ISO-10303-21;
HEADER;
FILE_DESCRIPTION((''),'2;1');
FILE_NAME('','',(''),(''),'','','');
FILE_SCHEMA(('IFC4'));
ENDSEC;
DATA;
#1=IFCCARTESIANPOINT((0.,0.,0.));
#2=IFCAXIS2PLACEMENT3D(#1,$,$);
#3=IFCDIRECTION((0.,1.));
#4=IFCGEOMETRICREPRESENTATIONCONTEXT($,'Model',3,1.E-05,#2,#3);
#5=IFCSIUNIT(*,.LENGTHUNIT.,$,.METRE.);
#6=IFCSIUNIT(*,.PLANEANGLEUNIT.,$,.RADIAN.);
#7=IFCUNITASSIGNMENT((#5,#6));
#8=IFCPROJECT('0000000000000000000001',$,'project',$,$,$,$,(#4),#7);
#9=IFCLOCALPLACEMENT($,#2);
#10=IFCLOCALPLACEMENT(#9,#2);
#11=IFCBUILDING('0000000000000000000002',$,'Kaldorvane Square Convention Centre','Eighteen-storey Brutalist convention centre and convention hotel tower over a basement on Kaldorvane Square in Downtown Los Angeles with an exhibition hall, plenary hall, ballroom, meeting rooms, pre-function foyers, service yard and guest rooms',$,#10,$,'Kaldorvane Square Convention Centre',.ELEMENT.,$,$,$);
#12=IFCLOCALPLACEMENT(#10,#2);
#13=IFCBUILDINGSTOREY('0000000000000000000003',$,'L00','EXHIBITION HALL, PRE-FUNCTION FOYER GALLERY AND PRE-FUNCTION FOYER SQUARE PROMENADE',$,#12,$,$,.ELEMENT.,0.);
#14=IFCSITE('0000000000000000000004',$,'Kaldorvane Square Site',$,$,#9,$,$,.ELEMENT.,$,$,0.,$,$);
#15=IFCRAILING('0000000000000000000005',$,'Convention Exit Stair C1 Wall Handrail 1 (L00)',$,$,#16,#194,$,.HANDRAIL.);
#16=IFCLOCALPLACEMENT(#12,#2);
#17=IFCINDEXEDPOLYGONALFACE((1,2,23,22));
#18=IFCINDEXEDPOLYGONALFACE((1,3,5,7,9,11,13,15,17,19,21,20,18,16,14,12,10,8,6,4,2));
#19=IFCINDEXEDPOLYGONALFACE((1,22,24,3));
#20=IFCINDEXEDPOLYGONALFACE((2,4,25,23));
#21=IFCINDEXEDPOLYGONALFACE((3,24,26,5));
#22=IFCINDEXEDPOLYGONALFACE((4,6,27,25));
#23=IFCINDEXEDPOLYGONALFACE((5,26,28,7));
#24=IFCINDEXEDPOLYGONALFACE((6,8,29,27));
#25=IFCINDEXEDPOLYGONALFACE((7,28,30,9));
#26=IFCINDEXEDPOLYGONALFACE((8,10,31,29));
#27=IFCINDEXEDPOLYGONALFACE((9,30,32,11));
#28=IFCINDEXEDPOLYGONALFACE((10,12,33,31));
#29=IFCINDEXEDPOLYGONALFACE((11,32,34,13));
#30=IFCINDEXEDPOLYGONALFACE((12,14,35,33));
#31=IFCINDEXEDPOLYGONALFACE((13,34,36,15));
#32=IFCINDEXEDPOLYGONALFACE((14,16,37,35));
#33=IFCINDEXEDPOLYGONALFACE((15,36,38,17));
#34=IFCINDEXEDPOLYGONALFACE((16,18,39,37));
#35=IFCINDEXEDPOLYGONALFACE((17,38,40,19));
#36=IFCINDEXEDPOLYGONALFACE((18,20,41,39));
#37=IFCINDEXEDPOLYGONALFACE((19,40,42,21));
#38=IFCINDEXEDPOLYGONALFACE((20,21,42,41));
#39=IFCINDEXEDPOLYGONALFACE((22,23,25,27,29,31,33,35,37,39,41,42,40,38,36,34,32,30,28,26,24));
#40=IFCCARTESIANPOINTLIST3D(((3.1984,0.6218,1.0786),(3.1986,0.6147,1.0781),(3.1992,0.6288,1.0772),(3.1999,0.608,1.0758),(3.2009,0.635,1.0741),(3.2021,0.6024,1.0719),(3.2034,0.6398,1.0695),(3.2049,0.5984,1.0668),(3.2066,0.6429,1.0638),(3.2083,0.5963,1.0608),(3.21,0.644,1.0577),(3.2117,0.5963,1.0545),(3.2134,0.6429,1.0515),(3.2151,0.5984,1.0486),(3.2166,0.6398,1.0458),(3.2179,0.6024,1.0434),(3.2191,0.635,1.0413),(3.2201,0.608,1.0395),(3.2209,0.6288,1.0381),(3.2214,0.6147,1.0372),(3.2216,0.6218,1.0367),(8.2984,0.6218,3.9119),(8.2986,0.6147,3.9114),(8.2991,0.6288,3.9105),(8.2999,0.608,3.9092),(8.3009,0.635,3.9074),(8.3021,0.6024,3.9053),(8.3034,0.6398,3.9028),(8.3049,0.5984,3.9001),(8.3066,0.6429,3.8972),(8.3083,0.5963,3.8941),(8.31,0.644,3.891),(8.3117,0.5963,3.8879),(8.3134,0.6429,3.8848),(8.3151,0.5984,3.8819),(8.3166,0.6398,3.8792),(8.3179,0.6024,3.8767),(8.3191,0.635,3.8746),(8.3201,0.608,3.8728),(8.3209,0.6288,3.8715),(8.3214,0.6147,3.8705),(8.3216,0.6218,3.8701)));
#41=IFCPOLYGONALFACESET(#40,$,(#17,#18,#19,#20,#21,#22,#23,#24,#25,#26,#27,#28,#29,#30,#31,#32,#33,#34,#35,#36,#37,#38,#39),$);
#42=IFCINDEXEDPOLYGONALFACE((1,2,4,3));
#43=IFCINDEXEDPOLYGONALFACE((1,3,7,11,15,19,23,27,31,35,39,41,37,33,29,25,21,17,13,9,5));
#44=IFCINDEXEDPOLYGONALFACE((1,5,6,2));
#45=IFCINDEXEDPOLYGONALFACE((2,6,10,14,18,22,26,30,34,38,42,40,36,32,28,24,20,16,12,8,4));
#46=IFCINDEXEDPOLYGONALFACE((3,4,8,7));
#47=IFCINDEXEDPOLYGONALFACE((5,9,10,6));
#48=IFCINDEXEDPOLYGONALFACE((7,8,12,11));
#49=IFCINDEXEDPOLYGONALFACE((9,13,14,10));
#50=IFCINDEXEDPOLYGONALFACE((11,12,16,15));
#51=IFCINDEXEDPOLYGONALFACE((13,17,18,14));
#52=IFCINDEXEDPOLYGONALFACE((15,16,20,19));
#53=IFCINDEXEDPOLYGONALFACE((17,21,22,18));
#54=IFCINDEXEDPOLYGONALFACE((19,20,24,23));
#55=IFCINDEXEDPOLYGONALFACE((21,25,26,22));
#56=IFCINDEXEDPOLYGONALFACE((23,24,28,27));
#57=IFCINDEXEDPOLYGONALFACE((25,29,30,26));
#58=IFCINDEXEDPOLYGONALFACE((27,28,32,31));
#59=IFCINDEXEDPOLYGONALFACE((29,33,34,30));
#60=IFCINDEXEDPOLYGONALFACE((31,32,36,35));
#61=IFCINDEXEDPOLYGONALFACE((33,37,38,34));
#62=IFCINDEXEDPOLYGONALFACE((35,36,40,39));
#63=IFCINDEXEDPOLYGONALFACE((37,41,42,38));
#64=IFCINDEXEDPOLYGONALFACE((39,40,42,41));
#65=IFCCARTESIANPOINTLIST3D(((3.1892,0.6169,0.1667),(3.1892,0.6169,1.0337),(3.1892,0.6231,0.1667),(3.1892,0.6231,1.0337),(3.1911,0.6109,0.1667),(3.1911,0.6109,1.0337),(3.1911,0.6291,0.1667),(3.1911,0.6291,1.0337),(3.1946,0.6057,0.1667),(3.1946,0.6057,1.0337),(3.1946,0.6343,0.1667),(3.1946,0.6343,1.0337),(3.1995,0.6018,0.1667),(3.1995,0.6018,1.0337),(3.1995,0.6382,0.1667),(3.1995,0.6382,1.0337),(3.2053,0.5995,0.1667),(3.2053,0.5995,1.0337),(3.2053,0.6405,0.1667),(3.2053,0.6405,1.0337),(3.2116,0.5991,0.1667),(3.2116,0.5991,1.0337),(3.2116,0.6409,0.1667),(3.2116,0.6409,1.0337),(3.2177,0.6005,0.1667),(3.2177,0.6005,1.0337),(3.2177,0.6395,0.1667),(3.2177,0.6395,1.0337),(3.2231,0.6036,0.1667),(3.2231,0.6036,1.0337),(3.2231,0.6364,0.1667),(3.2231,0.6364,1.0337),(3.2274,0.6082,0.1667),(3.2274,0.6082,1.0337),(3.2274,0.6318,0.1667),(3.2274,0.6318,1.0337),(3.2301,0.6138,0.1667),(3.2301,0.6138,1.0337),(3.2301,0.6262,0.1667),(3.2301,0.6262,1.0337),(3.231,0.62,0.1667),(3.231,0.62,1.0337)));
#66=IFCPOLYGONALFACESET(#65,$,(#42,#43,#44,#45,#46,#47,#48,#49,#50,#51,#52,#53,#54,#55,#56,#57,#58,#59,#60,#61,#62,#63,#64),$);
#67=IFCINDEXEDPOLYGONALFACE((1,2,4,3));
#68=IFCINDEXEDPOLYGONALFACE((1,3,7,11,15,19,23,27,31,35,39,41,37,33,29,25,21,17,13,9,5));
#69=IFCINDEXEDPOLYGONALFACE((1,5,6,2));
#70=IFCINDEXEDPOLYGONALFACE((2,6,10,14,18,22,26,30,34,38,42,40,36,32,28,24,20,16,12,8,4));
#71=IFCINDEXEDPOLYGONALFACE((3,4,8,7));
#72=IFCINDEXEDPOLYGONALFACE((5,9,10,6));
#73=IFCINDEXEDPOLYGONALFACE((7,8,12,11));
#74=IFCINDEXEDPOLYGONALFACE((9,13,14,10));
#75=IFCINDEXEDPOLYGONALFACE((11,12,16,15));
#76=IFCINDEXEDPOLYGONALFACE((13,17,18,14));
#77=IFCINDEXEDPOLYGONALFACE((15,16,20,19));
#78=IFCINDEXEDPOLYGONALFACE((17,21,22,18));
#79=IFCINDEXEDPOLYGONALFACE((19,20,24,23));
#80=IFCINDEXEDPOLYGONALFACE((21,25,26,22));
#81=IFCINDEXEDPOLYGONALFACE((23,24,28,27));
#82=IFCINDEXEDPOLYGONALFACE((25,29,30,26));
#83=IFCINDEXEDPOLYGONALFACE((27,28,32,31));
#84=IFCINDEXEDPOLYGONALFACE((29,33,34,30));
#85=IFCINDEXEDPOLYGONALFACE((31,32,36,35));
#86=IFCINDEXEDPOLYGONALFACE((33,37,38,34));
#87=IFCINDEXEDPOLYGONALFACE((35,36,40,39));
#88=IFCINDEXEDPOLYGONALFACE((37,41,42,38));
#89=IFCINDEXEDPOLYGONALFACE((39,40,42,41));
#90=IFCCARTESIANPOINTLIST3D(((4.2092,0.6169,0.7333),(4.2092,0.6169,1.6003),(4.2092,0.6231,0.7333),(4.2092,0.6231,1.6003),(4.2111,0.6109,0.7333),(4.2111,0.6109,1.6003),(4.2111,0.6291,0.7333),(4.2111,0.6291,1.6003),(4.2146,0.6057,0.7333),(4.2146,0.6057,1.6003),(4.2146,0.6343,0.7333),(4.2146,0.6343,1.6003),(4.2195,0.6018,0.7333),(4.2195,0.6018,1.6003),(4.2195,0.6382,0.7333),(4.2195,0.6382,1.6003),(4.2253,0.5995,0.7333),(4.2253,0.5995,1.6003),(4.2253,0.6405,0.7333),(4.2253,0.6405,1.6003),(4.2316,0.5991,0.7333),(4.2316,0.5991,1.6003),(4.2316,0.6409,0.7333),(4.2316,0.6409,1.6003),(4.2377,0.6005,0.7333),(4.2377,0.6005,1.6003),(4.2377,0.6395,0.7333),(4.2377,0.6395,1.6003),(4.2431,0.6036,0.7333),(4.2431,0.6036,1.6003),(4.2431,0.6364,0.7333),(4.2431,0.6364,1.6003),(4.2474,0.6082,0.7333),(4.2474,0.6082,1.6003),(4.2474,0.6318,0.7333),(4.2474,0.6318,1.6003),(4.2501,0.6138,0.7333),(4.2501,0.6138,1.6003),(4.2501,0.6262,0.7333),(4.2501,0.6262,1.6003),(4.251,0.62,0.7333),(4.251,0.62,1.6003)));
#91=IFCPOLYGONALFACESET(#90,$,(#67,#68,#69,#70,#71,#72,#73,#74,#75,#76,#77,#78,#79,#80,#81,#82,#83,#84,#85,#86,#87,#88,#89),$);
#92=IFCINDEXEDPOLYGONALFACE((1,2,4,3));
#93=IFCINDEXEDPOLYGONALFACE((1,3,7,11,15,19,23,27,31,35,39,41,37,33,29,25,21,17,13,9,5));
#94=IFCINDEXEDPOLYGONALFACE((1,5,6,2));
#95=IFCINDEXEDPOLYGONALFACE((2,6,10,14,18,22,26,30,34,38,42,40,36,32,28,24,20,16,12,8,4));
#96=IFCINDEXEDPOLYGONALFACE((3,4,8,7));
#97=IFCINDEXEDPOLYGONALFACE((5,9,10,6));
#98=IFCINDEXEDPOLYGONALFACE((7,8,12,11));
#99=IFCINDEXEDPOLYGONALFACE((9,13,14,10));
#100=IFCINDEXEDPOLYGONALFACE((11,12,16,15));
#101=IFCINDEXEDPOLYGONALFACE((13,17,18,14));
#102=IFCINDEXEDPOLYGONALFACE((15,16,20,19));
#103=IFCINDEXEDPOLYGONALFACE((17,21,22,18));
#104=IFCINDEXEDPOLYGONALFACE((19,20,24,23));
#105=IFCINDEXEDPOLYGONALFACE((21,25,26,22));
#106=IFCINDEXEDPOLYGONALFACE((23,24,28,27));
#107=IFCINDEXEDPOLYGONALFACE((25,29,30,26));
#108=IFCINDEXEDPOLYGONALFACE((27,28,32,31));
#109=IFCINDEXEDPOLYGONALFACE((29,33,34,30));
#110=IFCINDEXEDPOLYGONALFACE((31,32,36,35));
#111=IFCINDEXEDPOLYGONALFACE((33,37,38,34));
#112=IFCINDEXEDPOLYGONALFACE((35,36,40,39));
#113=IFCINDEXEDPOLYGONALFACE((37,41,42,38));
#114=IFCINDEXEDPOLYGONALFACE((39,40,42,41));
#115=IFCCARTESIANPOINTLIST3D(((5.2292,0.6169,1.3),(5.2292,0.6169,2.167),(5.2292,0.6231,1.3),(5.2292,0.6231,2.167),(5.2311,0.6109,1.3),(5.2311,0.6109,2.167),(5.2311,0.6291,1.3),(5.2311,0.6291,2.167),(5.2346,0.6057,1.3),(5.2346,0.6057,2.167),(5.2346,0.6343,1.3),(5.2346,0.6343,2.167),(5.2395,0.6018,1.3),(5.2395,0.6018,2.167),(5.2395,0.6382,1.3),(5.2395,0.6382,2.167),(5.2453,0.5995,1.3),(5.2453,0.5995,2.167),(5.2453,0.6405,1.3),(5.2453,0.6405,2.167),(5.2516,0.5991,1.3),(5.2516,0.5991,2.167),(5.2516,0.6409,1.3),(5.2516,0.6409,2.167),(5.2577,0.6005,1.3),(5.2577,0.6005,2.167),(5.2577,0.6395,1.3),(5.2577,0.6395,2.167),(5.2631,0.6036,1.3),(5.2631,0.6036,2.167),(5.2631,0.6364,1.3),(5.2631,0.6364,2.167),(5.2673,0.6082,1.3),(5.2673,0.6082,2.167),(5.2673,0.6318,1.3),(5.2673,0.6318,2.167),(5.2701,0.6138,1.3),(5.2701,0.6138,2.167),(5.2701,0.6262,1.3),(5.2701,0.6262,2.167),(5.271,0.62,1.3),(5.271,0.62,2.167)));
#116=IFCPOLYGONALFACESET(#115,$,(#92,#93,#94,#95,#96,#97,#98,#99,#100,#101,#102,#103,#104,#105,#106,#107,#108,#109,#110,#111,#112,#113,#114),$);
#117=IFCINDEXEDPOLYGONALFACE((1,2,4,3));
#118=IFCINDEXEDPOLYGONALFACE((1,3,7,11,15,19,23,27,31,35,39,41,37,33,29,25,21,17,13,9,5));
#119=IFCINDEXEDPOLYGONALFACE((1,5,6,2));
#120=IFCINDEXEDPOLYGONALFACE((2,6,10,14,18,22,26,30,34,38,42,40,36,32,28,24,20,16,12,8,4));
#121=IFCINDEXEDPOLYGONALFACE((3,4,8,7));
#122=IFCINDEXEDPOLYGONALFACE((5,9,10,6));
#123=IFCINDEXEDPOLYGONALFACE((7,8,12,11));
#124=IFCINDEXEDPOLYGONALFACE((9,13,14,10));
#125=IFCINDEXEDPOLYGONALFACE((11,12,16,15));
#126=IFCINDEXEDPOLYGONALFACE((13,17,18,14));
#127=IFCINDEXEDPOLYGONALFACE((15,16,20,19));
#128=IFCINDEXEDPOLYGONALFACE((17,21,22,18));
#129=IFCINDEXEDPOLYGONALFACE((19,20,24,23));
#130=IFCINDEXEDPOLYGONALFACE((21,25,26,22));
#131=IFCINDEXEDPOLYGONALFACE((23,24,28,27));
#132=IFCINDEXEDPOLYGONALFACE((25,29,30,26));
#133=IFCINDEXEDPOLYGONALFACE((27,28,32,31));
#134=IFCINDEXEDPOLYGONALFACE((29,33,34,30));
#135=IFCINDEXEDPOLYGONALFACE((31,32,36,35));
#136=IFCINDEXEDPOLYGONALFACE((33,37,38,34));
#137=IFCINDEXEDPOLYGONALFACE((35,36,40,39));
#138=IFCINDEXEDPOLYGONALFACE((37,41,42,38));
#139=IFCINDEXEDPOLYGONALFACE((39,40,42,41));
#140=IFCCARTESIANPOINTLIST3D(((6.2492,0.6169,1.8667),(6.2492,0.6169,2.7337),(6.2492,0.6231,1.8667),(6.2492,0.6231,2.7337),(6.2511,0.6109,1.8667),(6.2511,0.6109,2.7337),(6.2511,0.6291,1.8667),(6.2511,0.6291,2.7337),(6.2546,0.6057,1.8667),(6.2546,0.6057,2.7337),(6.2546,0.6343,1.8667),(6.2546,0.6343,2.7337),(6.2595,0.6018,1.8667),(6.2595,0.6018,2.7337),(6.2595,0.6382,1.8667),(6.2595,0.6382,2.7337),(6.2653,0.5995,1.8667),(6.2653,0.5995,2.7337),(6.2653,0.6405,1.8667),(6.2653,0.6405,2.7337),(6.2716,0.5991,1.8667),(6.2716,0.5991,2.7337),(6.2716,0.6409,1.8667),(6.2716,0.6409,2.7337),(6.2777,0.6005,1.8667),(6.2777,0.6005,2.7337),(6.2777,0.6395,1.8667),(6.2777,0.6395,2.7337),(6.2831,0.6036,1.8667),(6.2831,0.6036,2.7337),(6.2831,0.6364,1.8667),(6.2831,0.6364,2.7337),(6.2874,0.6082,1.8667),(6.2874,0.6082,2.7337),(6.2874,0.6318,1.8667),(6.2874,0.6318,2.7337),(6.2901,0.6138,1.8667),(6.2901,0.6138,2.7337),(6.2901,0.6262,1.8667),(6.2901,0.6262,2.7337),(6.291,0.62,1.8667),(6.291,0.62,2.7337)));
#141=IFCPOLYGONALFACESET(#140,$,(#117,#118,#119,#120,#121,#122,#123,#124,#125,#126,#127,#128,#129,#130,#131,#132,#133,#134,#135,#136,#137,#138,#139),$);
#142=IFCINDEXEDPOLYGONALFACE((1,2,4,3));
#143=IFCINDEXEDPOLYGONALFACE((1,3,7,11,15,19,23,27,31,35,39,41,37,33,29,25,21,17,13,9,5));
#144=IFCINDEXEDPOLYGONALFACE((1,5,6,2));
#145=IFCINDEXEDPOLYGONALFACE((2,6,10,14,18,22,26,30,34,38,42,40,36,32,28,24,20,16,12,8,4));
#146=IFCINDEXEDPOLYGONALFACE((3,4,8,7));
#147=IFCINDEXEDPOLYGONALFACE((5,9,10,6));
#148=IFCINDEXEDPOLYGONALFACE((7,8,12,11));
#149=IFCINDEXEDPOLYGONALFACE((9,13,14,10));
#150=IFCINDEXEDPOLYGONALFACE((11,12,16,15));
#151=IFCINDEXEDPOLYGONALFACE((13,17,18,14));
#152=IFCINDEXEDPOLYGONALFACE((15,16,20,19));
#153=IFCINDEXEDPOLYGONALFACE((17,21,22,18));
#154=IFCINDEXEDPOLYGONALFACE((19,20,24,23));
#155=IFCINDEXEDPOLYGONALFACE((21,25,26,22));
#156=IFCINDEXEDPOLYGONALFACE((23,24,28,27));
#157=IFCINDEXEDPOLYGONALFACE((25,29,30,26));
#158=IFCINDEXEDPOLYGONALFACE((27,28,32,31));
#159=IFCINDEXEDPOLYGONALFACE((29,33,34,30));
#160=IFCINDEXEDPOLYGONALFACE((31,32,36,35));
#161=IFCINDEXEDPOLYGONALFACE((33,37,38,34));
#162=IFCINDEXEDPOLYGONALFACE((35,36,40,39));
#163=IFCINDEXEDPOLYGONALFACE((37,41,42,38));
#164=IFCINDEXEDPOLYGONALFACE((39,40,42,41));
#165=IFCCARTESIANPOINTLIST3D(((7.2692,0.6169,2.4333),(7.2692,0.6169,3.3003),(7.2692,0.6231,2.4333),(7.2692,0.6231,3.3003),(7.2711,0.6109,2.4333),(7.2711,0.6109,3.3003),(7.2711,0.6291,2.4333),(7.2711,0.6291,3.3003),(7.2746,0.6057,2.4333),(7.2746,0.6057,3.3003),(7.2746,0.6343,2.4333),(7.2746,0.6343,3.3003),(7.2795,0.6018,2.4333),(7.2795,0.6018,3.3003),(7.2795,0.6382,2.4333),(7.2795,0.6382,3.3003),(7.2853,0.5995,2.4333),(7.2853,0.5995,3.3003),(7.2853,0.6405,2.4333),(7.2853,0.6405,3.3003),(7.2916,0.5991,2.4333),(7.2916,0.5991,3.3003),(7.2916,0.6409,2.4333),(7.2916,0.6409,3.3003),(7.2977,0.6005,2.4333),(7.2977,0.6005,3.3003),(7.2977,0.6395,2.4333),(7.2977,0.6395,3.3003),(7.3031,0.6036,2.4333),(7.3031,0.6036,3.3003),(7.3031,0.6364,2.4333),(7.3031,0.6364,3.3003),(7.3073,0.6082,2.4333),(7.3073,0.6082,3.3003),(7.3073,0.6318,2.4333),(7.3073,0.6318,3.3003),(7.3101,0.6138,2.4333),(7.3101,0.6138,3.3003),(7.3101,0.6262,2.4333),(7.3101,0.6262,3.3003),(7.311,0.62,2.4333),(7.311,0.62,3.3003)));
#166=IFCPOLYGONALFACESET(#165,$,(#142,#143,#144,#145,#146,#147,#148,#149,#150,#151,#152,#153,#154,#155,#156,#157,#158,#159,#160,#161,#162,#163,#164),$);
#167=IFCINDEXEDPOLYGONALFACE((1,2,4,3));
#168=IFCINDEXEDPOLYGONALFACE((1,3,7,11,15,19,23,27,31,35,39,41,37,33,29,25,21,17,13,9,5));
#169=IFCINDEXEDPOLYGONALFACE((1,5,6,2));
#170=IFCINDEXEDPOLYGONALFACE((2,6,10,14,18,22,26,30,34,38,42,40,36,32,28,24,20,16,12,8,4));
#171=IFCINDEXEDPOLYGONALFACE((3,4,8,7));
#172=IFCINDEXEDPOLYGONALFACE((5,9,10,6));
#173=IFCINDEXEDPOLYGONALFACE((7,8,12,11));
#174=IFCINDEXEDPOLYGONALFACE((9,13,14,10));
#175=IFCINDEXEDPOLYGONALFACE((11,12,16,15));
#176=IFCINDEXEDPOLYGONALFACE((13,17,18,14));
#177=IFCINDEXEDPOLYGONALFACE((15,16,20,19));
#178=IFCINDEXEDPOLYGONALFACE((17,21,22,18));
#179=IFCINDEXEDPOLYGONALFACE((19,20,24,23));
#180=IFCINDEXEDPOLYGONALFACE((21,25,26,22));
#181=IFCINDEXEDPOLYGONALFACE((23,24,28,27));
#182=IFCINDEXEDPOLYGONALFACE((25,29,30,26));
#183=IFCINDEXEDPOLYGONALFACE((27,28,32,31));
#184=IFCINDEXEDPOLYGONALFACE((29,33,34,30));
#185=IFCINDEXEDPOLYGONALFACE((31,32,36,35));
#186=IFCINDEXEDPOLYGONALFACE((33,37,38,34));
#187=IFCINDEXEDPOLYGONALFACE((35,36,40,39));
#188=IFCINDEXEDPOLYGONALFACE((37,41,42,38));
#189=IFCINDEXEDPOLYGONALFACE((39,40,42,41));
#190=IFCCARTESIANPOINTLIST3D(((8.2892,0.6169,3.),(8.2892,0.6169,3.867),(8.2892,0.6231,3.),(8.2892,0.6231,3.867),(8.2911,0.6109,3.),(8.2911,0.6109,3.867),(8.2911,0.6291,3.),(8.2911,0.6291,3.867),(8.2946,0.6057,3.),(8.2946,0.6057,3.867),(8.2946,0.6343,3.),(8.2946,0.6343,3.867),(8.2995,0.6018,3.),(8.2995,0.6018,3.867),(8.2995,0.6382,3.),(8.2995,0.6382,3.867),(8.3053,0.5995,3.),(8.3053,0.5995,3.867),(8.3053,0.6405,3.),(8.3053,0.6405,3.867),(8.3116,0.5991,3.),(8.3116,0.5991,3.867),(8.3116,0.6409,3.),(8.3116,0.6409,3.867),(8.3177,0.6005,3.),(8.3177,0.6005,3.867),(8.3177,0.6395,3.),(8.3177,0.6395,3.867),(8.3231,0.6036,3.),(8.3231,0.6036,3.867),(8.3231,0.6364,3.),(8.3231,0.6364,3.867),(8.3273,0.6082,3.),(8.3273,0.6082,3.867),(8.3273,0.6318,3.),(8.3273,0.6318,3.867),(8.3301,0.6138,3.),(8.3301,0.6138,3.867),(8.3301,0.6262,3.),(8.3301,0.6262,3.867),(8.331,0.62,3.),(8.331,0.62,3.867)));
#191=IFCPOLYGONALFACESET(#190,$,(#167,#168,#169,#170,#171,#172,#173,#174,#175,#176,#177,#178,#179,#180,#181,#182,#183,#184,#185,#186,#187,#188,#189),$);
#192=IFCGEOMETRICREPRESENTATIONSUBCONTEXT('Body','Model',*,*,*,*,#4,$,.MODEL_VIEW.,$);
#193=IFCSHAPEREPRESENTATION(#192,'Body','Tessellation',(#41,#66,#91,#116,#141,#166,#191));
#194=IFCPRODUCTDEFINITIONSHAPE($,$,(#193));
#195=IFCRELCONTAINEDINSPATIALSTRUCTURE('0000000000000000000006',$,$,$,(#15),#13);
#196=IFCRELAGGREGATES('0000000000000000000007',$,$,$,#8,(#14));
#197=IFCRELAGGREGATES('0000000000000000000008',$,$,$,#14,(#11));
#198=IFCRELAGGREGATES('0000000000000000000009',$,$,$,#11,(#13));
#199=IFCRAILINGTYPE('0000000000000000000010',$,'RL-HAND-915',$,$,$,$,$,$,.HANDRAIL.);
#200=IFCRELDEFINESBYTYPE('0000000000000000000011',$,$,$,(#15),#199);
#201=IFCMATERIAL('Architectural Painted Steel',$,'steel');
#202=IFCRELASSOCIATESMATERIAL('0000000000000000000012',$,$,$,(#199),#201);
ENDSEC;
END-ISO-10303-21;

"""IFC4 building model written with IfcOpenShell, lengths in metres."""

from ifc_helpers import new_model, si_unit, direction, frame, origin, origin_2d, place, context, subcontext, project, spatial, circle, extrude, material, type_object, element, save


model = new_model("IFC4")

# Units and contexts
model_context = context("Model", 3, precision=1e-05, world=origin(), true_north=direction((0.0, 1.0)))
body_context = subcontext(model_context, "Body", "Model", "MODEL_VIEW")
ifc_project = project(units=[si_unit("LENGTHUNIT", "METRE"), si_unit("PLANEANGLEUNIT", "RADIAN")], contexts=[model_context])

# Site, building, storey
site_placement = place(None, origin())
site = spatial("IfcSite", under=ifc_project, at=site_placement, Name="Kaldorvane Square Site", CompositionType="ELEMENT", RefElevation=0.0)
building_placement = place(site_placement, origin())
building = spatial("IfcBuilding", under=site, at=building_placement, Name="Kaldorvane Square Convention Centre", Description="Eighteen-storey Brutalist convention centre and convention hotel tower over a basement on Kaldorvane Square in Downtown Los Angeles with an exhibition hall, plenary hall, ballroom, meeting rooms, pre-function foyers, service yard and guest rooms", LongName="Kaldorvane Square Convention Centre", CompositionType="ELEMENT")
storey_placement = place(building_placement, origin())
storey = spatial("IfcBuildingStorey", under=building, at=storey_placement, Name="L00", Description="EXHIBITION HALL, PRE-FUNCTION FOYER GALLERY AND PRE-FUNCTION FOYER SQUARE PROMENADE", CompositionType="ELEMENT", Elevation=0.0)

# Railing
ifc_material_1 = material(Name="Architectural Painted Steel", Category="steel")
railing_type_1 = type_object("IfcRailingType", Name="RL-HAND-915", PredefinedType="HANDRAIL", material=ifc_material_1)
railing_1_placement = place(storey_placement, frame((3.21, 0.62, 0.1667)))
element("IfcRailing", 1, at=railing_1_placement, inside=storey, type_object=railing_type_1, Name="Convention Exit Stair C1 Wall Handrail 1 (L00)", PredefinedType="HANDRAIL", context=body_context, shape_type="SweptSolid", body=[
    extrude(circle(Radius=0.024, at=origin_2d()), frame((0.0, 0.0, 0.891), z_axis=(0.874157, 0.0, 0.485643), x_axis=(0.0, 1.0, 0.0)), (0.0, 0.0, 1.0), 5.8342),
    extrude(circle(Radius=0.021, at=origin_2d()), origin(), (0.0, 0.0, 1.0), 0.867),
    extrude(circle(Radius=0.021, at=origin_2d()), frame((1.02, 0.0, 0.5667)), (0.0, 0.0, 1.0), 0.867),
    extrude(circle(Radius=0.021, at=origin_2d()), frame((2.04, 0.0, 1.1333)), (0.0, 0.0, 1.0), 0.867),
    extrude(circle(Radius=0.021, at=origin_2d()), frame((3.06, 0.0, 1.7)), (0.0, 0.0, 1.0), 0.867),
    extrude(circle(Radius=0.021, at=origin_2d()), frame((4.08, 0.0, 2.2667)), (0.0, 0.0, 1.0), 0.867),
    extrude(circle(Radius=0.021, at=origin_2d()), frame((5.1, 0.0, 2.8333)), (0.0, 0.0, 1.0), 0.867),
])

save(model, "model.ifc")
